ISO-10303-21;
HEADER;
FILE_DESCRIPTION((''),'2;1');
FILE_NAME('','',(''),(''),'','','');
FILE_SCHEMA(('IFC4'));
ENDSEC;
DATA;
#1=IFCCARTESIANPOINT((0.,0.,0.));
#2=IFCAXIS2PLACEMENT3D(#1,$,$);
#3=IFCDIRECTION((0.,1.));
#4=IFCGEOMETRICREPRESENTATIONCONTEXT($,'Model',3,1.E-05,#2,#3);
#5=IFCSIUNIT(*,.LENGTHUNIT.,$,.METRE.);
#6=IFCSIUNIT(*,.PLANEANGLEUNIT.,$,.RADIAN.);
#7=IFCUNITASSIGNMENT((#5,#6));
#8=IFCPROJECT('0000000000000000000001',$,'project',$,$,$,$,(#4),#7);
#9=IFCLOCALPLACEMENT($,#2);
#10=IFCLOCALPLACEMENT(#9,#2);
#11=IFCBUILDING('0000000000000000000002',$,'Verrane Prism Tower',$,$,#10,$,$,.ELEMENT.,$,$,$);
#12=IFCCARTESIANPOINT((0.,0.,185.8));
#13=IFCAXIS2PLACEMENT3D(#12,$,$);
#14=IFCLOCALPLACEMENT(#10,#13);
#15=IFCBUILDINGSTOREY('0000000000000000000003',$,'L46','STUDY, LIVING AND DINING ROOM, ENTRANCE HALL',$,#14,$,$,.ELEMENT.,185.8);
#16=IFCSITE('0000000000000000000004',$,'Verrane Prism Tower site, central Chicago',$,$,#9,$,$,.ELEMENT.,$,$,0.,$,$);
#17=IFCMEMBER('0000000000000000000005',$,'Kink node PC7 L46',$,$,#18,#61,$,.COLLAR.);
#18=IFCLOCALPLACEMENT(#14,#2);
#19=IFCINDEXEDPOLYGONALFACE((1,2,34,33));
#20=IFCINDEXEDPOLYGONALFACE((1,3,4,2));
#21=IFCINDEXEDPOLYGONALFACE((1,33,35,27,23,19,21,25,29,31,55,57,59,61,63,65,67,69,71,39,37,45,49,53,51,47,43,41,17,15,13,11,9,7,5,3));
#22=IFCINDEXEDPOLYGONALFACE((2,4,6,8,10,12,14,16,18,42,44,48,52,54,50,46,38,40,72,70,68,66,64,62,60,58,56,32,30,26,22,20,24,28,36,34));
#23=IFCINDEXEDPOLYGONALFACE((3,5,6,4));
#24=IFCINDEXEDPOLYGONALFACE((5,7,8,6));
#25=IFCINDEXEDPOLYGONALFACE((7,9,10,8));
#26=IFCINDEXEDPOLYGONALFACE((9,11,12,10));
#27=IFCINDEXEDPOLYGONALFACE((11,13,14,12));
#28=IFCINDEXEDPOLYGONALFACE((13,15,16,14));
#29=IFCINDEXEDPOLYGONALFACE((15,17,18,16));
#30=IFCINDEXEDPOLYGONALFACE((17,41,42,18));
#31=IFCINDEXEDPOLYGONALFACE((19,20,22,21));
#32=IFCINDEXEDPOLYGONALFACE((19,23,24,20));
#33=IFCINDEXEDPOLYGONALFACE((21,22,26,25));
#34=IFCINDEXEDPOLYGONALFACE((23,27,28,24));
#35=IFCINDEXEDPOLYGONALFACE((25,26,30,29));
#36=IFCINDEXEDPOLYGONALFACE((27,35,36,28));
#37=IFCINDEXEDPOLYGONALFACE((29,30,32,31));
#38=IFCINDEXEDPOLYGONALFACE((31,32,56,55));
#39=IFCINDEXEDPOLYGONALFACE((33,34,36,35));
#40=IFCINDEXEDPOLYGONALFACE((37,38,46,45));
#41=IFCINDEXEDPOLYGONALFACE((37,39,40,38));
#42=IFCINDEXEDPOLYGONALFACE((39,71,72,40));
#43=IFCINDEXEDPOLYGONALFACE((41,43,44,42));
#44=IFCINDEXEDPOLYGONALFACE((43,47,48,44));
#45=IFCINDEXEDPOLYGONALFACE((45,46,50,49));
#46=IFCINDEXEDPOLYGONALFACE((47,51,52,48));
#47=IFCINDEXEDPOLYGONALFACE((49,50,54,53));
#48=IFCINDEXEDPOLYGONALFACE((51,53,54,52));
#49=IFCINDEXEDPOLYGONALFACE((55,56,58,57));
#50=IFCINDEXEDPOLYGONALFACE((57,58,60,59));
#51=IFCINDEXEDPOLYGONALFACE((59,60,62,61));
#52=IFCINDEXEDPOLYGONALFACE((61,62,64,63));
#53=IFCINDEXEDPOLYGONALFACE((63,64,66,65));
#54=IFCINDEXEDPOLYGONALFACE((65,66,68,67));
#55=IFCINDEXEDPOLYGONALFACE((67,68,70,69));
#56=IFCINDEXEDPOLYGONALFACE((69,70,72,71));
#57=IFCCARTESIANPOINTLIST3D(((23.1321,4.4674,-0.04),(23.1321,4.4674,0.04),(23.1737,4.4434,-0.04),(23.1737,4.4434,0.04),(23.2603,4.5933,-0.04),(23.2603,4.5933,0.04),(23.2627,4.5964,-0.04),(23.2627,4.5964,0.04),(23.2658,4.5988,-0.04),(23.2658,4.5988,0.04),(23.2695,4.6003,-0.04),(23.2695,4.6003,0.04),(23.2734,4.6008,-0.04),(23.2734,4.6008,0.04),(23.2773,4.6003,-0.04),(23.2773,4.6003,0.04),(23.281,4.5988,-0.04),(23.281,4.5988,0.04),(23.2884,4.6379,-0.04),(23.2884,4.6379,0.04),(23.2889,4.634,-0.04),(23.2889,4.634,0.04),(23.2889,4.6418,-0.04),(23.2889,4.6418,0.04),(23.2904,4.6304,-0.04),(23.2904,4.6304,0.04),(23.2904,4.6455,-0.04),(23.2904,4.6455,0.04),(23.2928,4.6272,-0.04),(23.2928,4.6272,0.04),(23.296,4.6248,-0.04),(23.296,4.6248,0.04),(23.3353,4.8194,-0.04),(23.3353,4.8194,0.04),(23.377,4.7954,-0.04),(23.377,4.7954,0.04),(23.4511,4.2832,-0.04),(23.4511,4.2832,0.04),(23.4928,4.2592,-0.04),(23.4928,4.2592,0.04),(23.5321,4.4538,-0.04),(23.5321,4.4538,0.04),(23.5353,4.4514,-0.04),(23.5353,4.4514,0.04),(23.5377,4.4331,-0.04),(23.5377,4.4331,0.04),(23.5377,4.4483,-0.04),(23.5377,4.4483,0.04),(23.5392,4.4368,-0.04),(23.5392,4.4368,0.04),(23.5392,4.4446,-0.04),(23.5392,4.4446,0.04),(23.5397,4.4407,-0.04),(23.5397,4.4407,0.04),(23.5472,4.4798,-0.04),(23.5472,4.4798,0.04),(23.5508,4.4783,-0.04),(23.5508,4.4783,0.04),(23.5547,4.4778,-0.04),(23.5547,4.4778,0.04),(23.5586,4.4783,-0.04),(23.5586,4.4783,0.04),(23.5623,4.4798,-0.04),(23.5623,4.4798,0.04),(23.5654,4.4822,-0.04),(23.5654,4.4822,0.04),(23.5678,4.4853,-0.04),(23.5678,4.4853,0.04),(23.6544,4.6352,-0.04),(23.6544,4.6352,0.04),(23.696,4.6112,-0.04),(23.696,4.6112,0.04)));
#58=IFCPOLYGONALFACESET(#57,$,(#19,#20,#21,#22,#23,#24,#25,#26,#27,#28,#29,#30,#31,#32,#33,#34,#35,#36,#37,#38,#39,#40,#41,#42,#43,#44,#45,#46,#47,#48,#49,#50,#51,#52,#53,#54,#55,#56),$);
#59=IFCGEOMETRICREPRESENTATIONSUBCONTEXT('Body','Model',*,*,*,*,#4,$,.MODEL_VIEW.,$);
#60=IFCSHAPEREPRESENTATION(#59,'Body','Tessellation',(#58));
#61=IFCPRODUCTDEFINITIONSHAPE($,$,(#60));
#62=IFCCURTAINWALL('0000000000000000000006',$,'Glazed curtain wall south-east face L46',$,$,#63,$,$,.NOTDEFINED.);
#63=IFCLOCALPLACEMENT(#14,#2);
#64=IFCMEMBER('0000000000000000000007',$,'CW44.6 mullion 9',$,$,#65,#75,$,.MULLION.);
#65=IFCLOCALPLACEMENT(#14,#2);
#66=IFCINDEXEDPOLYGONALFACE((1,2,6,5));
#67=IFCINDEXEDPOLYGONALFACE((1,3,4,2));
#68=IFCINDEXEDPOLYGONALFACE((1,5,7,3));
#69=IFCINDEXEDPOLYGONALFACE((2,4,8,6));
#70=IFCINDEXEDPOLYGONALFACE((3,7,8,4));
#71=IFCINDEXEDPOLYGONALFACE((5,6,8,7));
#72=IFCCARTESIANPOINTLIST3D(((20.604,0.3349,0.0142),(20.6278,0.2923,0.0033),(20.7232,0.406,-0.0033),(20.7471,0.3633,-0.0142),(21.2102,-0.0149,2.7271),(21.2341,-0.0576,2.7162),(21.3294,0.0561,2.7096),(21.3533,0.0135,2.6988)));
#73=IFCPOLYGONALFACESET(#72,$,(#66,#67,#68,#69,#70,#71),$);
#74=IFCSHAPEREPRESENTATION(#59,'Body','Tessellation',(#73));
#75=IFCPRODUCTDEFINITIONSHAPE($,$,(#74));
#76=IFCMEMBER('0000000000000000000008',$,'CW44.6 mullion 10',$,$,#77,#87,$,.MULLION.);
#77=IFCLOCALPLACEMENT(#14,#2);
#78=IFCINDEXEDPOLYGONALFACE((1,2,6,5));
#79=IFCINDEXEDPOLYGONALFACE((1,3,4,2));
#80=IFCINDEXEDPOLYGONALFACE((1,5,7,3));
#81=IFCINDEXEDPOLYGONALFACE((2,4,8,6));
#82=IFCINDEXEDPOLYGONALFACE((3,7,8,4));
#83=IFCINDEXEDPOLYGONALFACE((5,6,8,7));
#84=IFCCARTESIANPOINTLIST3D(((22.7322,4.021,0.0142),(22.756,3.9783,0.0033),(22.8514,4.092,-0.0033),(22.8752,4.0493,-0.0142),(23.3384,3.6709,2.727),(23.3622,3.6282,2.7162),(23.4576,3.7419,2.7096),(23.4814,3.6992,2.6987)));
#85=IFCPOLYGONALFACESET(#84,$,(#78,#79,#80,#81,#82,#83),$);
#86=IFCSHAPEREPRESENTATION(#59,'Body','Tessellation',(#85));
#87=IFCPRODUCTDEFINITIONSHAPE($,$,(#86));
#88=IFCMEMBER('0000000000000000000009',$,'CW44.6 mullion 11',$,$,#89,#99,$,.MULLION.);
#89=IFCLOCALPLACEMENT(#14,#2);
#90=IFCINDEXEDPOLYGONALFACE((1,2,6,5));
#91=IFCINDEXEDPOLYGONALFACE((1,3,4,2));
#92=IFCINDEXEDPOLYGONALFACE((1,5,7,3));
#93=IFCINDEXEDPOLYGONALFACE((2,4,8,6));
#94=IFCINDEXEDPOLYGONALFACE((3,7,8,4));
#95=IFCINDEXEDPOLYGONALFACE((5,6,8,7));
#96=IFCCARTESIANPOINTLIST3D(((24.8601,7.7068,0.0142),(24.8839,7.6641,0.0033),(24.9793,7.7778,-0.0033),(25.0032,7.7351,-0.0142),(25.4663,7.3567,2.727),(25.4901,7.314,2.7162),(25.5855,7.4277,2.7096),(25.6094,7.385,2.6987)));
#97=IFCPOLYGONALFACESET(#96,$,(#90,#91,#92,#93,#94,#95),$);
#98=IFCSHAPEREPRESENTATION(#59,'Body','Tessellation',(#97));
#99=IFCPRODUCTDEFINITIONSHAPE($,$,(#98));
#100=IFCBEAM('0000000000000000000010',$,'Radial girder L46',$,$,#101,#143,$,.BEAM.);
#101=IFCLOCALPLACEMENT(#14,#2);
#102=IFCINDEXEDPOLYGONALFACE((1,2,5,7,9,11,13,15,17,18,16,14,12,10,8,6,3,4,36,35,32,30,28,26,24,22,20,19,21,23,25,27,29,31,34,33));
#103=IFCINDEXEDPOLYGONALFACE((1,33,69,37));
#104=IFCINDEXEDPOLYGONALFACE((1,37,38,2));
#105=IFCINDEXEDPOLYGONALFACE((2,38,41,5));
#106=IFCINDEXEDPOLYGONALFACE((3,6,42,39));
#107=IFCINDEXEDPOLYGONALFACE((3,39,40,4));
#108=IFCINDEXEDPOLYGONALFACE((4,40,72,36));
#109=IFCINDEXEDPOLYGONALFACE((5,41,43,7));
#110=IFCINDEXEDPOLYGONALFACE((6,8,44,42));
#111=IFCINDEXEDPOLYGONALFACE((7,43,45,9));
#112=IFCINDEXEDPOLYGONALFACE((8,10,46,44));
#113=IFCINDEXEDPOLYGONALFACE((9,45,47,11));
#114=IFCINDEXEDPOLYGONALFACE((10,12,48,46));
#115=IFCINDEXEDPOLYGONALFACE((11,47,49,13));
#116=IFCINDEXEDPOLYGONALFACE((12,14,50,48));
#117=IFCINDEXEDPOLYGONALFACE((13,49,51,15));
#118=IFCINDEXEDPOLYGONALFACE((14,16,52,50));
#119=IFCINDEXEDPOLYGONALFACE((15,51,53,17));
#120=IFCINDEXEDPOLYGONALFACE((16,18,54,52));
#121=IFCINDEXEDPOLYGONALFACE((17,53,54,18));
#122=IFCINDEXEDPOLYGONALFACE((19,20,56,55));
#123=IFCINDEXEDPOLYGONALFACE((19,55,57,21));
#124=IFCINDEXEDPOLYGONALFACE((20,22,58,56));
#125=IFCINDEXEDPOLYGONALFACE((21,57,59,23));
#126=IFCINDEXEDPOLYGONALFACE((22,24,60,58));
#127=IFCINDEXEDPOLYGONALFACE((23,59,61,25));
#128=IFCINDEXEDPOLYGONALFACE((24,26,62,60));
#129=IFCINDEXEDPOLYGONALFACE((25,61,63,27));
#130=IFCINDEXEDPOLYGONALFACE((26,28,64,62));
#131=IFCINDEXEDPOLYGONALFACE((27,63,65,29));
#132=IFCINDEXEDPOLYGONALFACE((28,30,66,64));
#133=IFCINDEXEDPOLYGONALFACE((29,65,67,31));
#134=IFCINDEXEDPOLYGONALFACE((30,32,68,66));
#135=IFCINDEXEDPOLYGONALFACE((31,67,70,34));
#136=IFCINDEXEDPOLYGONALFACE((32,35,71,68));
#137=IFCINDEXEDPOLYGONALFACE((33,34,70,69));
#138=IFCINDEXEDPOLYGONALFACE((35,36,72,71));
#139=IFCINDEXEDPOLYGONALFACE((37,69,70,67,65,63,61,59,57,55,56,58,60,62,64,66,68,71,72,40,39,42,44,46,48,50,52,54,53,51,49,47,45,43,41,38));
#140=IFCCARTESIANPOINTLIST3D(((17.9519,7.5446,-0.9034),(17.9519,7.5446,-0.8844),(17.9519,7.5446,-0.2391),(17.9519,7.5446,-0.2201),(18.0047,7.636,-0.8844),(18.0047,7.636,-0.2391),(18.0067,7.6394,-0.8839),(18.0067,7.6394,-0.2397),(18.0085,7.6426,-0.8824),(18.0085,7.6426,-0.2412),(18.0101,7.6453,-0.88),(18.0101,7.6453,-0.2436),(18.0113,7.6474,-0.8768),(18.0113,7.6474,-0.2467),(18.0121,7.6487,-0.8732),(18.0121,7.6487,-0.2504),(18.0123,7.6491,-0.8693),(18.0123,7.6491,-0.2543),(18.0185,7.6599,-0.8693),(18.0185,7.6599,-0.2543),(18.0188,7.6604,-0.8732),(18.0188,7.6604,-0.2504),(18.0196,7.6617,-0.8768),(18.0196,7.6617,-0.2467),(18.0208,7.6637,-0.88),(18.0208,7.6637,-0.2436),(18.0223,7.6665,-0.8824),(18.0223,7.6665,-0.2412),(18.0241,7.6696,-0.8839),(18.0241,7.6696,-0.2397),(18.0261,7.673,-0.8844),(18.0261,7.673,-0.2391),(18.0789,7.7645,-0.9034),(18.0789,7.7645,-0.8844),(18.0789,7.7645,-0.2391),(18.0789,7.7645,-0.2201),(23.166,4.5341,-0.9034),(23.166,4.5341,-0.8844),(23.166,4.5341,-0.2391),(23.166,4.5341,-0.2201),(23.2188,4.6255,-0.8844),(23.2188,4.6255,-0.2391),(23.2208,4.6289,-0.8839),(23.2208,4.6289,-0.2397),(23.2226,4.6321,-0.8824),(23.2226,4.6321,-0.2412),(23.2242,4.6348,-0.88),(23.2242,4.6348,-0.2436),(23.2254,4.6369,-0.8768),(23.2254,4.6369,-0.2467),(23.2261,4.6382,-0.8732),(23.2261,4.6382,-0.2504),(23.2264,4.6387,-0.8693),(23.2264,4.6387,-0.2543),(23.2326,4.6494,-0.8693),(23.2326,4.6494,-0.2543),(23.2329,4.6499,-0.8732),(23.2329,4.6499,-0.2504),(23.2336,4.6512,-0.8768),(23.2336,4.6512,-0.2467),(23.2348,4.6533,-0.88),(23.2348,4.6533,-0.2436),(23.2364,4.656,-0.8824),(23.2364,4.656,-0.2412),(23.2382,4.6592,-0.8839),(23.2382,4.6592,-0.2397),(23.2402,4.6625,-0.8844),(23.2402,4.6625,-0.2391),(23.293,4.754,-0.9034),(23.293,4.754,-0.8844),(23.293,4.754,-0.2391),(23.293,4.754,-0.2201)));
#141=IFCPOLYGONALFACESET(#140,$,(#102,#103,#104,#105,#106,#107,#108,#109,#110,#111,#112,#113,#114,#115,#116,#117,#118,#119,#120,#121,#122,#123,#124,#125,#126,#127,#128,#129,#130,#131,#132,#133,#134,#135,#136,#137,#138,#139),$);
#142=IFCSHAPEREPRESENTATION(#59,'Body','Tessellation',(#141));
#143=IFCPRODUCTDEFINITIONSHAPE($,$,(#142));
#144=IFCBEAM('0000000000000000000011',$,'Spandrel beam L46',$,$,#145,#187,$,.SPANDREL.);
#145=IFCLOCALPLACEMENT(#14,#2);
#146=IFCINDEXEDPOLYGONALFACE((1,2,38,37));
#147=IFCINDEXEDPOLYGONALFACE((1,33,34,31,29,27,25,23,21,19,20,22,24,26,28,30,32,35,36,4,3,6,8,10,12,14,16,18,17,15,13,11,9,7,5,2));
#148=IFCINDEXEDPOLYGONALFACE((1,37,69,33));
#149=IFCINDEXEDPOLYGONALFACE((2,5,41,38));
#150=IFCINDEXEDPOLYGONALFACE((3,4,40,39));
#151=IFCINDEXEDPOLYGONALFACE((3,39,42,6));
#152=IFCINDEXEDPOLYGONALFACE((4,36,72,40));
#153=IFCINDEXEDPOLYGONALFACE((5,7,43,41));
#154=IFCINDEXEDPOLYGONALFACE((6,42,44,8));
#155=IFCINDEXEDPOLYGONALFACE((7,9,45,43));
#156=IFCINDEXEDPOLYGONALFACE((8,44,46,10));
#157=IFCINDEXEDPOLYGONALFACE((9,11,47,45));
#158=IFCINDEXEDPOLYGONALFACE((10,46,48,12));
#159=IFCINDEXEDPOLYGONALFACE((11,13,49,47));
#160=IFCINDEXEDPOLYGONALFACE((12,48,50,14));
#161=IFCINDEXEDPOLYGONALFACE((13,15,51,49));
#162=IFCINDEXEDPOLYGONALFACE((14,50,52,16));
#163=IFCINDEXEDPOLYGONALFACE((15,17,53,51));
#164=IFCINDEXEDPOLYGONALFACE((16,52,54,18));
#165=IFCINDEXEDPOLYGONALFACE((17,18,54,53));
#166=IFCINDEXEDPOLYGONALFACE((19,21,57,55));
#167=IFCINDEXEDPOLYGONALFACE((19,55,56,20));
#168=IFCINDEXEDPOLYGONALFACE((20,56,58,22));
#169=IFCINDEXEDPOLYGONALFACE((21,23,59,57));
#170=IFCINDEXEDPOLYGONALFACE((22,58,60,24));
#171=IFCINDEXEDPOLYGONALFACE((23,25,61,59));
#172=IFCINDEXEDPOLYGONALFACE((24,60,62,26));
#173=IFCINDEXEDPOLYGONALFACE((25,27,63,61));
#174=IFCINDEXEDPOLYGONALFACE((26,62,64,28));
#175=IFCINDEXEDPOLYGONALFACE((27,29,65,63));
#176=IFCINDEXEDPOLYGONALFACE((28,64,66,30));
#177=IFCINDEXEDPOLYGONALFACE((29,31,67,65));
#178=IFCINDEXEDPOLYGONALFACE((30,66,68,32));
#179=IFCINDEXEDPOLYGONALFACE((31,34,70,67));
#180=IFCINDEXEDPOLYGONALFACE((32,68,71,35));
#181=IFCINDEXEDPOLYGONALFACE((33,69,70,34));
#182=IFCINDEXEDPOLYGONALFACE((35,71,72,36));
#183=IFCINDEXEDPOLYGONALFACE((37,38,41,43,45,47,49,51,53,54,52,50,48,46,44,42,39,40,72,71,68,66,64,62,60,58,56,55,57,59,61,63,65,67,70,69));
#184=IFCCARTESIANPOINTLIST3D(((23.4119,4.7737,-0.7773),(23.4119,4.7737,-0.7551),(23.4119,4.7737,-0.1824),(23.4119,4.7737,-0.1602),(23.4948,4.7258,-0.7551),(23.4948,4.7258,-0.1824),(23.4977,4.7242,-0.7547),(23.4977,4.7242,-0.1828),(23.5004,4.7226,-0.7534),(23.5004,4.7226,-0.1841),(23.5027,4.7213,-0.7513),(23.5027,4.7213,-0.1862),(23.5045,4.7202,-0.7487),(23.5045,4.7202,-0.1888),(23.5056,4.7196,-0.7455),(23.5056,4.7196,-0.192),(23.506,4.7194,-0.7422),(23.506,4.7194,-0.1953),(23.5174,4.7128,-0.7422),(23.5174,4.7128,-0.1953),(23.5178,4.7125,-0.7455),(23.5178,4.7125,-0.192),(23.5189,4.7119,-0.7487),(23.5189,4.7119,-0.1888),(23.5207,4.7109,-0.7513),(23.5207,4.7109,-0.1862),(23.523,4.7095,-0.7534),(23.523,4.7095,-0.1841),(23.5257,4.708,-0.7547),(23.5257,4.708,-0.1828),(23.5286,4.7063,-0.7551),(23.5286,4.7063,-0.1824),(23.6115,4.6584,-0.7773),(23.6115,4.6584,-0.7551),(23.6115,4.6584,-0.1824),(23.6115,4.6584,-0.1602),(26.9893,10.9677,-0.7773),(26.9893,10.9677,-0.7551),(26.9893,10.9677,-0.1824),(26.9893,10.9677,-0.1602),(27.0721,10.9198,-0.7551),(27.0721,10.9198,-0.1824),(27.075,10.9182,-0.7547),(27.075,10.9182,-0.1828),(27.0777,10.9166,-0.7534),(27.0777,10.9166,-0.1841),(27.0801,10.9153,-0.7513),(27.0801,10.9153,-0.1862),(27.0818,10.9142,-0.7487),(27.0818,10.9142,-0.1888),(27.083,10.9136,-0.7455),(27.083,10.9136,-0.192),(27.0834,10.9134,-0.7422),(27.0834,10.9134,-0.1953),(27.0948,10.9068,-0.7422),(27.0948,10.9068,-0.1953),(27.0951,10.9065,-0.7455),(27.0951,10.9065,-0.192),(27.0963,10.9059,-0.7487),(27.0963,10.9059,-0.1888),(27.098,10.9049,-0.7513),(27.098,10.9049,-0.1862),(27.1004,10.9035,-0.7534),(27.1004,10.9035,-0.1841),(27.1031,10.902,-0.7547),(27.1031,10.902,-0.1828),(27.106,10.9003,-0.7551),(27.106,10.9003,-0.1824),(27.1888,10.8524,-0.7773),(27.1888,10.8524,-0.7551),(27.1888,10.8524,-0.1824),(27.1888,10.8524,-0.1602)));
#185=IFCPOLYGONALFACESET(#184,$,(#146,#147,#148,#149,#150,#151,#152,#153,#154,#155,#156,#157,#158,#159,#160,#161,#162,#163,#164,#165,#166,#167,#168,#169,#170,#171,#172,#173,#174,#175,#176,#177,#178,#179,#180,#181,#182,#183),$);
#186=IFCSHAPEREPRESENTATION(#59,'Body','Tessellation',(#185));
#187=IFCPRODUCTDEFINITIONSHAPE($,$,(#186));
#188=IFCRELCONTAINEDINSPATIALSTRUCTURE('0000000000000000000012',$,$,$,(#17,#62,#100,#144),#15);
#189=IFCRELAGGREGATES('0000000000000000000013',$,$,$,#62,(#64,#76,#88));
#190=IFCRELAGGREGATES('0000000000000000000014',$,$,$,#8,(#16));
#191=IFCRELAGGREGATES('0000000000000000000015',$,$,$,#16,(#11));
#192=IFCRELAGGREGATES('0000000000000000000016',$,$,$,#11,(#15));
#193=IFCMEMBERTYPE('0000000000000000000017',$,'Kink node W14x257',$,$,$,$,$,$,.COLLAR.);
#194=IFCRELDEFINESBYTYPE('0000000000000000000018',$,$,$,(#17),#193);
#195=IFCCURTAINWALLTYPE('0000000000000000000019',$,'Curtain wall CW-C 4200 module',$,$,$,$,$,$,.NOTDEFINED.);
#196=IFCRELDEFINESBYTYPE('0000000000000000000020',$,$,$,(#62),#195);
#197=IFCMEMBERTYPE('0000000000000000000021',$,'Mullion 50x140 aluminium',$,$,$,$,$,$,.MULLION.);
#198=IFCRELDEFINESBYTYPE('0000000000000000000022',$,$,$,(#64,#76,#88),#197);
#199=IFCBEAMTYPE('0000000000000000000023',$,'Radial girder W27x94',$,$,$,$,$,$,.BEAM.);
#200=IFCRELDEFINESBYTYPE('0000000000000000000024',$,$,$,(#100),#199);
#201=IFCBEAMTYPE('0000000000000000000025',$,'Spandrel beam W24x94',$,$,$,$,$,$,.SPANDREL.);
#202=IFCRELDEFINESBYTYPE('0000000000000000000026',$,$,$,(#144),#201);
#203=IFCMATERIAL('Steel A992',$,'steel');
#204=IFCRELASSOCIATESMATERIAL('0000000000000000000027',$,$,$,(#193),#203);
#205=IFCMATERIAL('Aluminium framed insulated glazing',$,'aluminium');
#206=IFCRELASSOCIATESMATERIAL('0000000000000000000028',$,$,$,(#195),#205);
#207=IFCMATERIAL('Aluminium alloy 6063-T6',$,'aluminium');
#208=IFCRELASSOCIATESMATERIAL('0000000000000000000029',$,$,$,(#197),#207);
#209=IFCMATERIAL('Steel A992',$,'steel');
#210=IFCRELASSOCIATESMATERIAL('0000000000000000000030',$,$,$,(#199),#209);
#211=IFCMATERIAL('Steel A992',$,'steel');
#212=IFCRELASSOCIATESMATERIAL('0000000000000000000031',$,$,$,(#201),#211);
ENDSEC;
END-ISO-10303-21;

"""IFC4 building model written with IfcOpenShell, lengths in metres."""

from ifc_helpers import new_model, si_unit, direction, frame, origin, origin_2d, place, context, subcontext, project, spatial, rectangle, i_section, extrude, material, material_profile, profile_set, type_object, element, aggregate, save


model = new_model("IFC4")

# Units and contexts
model_context = context("Model", 3, precision=1e-05, world=origin(), true_north=direction((0.0, 1.0)))
body_context = subcontext(model_context, "Body", "Model", "MODEL_VIEW")
ifc_project = project(units=[si_unit("LENGTHUNIT", "METRE"), si_unit("PLANEANGLEUNIT", "RADIAN")], contexts=[model_context])

# Site, building, storey
site_placement = place(None, origin())
site = spatial("IfcSite", under=ifc_project, at=site_placement, Name="Verrane Prism Tower site, central Chicago", CompositionType="ELEMENT", RefElevation=0.0)
building_placement = place(site_placement, origin())
building = spatial("IfcBuilding", under=site, at=building_placement, Name="Verrane Prism Tower", CompositionType="ELEMENT")
storey_placement = place(building_placement, frame((0.0, 0.0, 185.8)))
storey = spatial("IfcBuildingStorey", under=building, at=storey_placement, Name="L46", Description="STUDY, LIVING AND DINING ROOM, ENTRANCE HALL", CompositionType="ELEMENT", Elevation=185.8)

# Member
ifc_material_1 = material(Name="Steel A992", Category="steel")
ifc_material_profile_1 = material_profile(ifc_material_1, i_section(OverallWidth=0.4065, OverallDepth=0.4165, WebThickness=0.03, FlangeThickness=0.0481, FilletRadius=0.0151, at=origin_2d()), Name="W14x257")
ifc_profile_set_1 = profile_set([ifc_material_profile_1], Name="Steel A992")
member_type_1 = type_object("IfcMemberType", Name="Kink node W14x257", PredefinedType="COLLAR", material=ifc_profile_set_1)
member_1_placement = place(storey_placement, frame((23.4141, 4.5393, -0.04), z_axis=(0.0, 0.0, 1.0), x_axis=(-0.5, -0.866025, 0.0)))
element("IfcMember", 1, at=member_1_placement, inside=storey, type_object=member_type_1, Name="Kink node PC7 L46", PredefinedType="COLLAR", context=body_context, shape_type="SweptSolid", body=[
    extrude(i_section(OverallWidth=0.4065, OverallDepth=0.4165, WebThickness=0.03, FlangeThickness=0.0481, FilletRadius=0.0151, at=origin_2d()), origin(), (0.0, 0.0, 1.0), 0.0801),
])

# Curtain wall, members
ifc_material_2 = material(Name="Aluminium framed insulated glazing", Category="aluminium")
curtain_wall_type = type_object("IfcCurtainWallType", Name="Curtain wall CW-C 4200 module", PredefinedType="NOTDEFINED", material=ifc_material_2)
curtain_wall_placement = place(storey_placement, origin())
curtain_wall = element("IfcCurtainWall", 2, at=curtain_wall_placement, inside=storey, type_object=curtain_wall_type, Name="Glazed curtain wall south-east face L46", PredefinedType="NOTDEFINED")
ifc_material_3 = material(Name="Aluminium alloy 6063-T6", Category="aluminium")
ifc_material_profile_2 = material_profile(ifc_material_3, rectangle(XDim=0.1399, YDim=0.05, at=origin_2d()), Name="Mullion 50x140 aluminium")
ifc_profile_set_2 = profile_set([ifc_material_profile_2], Name="Aluminium alloy 6063-T6")
member_type_2 = type_object("IfcMemberType", Name="Mullion 50x140 aluminium", PredefinedType="MULLION", material=ifc_profile_set_2)
member_2_placement = place(storey_placement, frame((20.6755, 0.3491, 0.0), z_axis=(0.216367, -0.124871, 0.968294), x_axis=(-0.85221, -0.508072, 0.124907)))
member_2 = element("IfcMember", 3, at=member_2_placement, type_object=member_type_2, Name="CW44.6 mullion 9", PredefinedType="MULLION", context=body_context, shape_type="SweptSolid", body=[
    extrude(rectangle(XDim=0.1399, YDim=0.05, at=origin_2d()), origin(), (0.0, 0.0, 1.0), 2.8018),
])
member_3_placement = place(storey_placement, frame((22.8037, 4.0352, 0.0), z_axis=(0.216365, -0.124957, 0.968283), x_axis=(-0.852359, -0.507817, 0.124928)))
member_3 = element("IfcMember", 4, at=member_3_placement, type_object=member_type_2, Name="CW44.6 mullion 10", PredefinedType="MULLION", context=body_context, shape_type="SweptSolid", body=[
    extrude(rectangle(XDim=0.1399, YDim=0.05, at=origin_2d()), origin(), (0.0, 0.0, 1.0), 2.8018),
])
member_4_placement = place(storey_placement, frame((24.9316, 7.7209, 0.0), z_axis=(0.216365, -0.124957, 0.968283), x_axis=(-0.852359, -0.507817, 0.124928)))
member_4 = element("IfcMember", 5, at=member_4_placement, type_object=member_type_2, Name="CW44.6 mullion 11", PredefinedType="MULLION", context=body_context, shape_type="SweptSolid", body=[
    extrude(rectangle(XDim=0.1399, YDim=0.05, at=origin_2d()), origin(), (0.0, 0.0, 1.0), 2.8018),
])

# Beams
ifc_material_4 = material(Name="Steel A992", Category="steel")
ifc_material_profile_3 = material_profile(ifc_material_4, i_section(OverallWidth=0.2539, OverallDepth=0.6833, WebThickness=0.0125, FlangeThickness=0.019, FilletRadius=0.0151, at=origin_2d()), Name="W27x94")
ifc_profile_set_3 = profile_set([ifc_material_profile_3], Name="Steel A992")
beam_type_1 = type_object("IfcBeamType", Name="Radial girder W27x94", PredefinedType="BEAM", material=ifc_profile_set_3)
beam_1_placement = place(storey_placement, frame((23.2295, 4.644, -0.5618), z_axis=(-0.866016, 0.500016, 0.0), x_axis=(-0.500016, -0.866016, 0.0)))
element("IfcBeam", 6, at=beam_1_placement, inside=storey, type_object=beam_type_1, Name="Radial girder L46", PredefinedType="BEAM", context=body_context, shape_type="SweptSolid", body=[
    extrude(i_section(OverallWidth=0.2539, OverallDepth=0.6833, WebThickness=0.0125, FlangeThickness=0.019, FilletRadius=0.0151, at=origin_2d()), origin(), (0.0, 0.0, 1.0), 6.0208),
])
ifc_material_5 = material(Name="Steel A992", Category="steel")
ifc_material_profile_4 = material_profile(ifc_material_5, i_section(OverallWidth=0.2305, OverallDepth=0.6172, WebThickness=0.0132, FlangeThickness=0.0222, FilletRadius=0.0129, at=origin_2d()), Name="W24x94")
ifc_profile_set_4 = profile_set([ifc_material_profile_4], Name="Steel A992")
beam_type_2 = type_object("IfcBeamType", Name="Spandrel beam W24x94", PredefinedType="SPANDREL", material=ifc_profile_set_4)
beam_2_placement = place(storey_placement, frame((23.5117, 4.7161, -0.4688), z_axis=(0.500129, 0.865951, 0.0), x_axis=(-0.865951, 0.500129, 0.0)))
element("IfcBeam", 7, at=beam_2_placement, inside=storey, type_object=beam_type_2, Name="Spandrel beam L46", PredefinedType="SPANDREL", context=body_context, shape_type="SweptSolid", body=[
    extrude(i_section(OverallWidth=0.2305, OverallDepth=0.6172, WebThickness=0.0132, FlangeThickness=0.0222, FilletRadius=0.0129, at=origin_2d()), origin(), (0.0, 0.0, 1.0), 7.1528),
])

aggregate(curtain_wall, [member_2, member_3, member_4])

save(model, "model.ifc")
